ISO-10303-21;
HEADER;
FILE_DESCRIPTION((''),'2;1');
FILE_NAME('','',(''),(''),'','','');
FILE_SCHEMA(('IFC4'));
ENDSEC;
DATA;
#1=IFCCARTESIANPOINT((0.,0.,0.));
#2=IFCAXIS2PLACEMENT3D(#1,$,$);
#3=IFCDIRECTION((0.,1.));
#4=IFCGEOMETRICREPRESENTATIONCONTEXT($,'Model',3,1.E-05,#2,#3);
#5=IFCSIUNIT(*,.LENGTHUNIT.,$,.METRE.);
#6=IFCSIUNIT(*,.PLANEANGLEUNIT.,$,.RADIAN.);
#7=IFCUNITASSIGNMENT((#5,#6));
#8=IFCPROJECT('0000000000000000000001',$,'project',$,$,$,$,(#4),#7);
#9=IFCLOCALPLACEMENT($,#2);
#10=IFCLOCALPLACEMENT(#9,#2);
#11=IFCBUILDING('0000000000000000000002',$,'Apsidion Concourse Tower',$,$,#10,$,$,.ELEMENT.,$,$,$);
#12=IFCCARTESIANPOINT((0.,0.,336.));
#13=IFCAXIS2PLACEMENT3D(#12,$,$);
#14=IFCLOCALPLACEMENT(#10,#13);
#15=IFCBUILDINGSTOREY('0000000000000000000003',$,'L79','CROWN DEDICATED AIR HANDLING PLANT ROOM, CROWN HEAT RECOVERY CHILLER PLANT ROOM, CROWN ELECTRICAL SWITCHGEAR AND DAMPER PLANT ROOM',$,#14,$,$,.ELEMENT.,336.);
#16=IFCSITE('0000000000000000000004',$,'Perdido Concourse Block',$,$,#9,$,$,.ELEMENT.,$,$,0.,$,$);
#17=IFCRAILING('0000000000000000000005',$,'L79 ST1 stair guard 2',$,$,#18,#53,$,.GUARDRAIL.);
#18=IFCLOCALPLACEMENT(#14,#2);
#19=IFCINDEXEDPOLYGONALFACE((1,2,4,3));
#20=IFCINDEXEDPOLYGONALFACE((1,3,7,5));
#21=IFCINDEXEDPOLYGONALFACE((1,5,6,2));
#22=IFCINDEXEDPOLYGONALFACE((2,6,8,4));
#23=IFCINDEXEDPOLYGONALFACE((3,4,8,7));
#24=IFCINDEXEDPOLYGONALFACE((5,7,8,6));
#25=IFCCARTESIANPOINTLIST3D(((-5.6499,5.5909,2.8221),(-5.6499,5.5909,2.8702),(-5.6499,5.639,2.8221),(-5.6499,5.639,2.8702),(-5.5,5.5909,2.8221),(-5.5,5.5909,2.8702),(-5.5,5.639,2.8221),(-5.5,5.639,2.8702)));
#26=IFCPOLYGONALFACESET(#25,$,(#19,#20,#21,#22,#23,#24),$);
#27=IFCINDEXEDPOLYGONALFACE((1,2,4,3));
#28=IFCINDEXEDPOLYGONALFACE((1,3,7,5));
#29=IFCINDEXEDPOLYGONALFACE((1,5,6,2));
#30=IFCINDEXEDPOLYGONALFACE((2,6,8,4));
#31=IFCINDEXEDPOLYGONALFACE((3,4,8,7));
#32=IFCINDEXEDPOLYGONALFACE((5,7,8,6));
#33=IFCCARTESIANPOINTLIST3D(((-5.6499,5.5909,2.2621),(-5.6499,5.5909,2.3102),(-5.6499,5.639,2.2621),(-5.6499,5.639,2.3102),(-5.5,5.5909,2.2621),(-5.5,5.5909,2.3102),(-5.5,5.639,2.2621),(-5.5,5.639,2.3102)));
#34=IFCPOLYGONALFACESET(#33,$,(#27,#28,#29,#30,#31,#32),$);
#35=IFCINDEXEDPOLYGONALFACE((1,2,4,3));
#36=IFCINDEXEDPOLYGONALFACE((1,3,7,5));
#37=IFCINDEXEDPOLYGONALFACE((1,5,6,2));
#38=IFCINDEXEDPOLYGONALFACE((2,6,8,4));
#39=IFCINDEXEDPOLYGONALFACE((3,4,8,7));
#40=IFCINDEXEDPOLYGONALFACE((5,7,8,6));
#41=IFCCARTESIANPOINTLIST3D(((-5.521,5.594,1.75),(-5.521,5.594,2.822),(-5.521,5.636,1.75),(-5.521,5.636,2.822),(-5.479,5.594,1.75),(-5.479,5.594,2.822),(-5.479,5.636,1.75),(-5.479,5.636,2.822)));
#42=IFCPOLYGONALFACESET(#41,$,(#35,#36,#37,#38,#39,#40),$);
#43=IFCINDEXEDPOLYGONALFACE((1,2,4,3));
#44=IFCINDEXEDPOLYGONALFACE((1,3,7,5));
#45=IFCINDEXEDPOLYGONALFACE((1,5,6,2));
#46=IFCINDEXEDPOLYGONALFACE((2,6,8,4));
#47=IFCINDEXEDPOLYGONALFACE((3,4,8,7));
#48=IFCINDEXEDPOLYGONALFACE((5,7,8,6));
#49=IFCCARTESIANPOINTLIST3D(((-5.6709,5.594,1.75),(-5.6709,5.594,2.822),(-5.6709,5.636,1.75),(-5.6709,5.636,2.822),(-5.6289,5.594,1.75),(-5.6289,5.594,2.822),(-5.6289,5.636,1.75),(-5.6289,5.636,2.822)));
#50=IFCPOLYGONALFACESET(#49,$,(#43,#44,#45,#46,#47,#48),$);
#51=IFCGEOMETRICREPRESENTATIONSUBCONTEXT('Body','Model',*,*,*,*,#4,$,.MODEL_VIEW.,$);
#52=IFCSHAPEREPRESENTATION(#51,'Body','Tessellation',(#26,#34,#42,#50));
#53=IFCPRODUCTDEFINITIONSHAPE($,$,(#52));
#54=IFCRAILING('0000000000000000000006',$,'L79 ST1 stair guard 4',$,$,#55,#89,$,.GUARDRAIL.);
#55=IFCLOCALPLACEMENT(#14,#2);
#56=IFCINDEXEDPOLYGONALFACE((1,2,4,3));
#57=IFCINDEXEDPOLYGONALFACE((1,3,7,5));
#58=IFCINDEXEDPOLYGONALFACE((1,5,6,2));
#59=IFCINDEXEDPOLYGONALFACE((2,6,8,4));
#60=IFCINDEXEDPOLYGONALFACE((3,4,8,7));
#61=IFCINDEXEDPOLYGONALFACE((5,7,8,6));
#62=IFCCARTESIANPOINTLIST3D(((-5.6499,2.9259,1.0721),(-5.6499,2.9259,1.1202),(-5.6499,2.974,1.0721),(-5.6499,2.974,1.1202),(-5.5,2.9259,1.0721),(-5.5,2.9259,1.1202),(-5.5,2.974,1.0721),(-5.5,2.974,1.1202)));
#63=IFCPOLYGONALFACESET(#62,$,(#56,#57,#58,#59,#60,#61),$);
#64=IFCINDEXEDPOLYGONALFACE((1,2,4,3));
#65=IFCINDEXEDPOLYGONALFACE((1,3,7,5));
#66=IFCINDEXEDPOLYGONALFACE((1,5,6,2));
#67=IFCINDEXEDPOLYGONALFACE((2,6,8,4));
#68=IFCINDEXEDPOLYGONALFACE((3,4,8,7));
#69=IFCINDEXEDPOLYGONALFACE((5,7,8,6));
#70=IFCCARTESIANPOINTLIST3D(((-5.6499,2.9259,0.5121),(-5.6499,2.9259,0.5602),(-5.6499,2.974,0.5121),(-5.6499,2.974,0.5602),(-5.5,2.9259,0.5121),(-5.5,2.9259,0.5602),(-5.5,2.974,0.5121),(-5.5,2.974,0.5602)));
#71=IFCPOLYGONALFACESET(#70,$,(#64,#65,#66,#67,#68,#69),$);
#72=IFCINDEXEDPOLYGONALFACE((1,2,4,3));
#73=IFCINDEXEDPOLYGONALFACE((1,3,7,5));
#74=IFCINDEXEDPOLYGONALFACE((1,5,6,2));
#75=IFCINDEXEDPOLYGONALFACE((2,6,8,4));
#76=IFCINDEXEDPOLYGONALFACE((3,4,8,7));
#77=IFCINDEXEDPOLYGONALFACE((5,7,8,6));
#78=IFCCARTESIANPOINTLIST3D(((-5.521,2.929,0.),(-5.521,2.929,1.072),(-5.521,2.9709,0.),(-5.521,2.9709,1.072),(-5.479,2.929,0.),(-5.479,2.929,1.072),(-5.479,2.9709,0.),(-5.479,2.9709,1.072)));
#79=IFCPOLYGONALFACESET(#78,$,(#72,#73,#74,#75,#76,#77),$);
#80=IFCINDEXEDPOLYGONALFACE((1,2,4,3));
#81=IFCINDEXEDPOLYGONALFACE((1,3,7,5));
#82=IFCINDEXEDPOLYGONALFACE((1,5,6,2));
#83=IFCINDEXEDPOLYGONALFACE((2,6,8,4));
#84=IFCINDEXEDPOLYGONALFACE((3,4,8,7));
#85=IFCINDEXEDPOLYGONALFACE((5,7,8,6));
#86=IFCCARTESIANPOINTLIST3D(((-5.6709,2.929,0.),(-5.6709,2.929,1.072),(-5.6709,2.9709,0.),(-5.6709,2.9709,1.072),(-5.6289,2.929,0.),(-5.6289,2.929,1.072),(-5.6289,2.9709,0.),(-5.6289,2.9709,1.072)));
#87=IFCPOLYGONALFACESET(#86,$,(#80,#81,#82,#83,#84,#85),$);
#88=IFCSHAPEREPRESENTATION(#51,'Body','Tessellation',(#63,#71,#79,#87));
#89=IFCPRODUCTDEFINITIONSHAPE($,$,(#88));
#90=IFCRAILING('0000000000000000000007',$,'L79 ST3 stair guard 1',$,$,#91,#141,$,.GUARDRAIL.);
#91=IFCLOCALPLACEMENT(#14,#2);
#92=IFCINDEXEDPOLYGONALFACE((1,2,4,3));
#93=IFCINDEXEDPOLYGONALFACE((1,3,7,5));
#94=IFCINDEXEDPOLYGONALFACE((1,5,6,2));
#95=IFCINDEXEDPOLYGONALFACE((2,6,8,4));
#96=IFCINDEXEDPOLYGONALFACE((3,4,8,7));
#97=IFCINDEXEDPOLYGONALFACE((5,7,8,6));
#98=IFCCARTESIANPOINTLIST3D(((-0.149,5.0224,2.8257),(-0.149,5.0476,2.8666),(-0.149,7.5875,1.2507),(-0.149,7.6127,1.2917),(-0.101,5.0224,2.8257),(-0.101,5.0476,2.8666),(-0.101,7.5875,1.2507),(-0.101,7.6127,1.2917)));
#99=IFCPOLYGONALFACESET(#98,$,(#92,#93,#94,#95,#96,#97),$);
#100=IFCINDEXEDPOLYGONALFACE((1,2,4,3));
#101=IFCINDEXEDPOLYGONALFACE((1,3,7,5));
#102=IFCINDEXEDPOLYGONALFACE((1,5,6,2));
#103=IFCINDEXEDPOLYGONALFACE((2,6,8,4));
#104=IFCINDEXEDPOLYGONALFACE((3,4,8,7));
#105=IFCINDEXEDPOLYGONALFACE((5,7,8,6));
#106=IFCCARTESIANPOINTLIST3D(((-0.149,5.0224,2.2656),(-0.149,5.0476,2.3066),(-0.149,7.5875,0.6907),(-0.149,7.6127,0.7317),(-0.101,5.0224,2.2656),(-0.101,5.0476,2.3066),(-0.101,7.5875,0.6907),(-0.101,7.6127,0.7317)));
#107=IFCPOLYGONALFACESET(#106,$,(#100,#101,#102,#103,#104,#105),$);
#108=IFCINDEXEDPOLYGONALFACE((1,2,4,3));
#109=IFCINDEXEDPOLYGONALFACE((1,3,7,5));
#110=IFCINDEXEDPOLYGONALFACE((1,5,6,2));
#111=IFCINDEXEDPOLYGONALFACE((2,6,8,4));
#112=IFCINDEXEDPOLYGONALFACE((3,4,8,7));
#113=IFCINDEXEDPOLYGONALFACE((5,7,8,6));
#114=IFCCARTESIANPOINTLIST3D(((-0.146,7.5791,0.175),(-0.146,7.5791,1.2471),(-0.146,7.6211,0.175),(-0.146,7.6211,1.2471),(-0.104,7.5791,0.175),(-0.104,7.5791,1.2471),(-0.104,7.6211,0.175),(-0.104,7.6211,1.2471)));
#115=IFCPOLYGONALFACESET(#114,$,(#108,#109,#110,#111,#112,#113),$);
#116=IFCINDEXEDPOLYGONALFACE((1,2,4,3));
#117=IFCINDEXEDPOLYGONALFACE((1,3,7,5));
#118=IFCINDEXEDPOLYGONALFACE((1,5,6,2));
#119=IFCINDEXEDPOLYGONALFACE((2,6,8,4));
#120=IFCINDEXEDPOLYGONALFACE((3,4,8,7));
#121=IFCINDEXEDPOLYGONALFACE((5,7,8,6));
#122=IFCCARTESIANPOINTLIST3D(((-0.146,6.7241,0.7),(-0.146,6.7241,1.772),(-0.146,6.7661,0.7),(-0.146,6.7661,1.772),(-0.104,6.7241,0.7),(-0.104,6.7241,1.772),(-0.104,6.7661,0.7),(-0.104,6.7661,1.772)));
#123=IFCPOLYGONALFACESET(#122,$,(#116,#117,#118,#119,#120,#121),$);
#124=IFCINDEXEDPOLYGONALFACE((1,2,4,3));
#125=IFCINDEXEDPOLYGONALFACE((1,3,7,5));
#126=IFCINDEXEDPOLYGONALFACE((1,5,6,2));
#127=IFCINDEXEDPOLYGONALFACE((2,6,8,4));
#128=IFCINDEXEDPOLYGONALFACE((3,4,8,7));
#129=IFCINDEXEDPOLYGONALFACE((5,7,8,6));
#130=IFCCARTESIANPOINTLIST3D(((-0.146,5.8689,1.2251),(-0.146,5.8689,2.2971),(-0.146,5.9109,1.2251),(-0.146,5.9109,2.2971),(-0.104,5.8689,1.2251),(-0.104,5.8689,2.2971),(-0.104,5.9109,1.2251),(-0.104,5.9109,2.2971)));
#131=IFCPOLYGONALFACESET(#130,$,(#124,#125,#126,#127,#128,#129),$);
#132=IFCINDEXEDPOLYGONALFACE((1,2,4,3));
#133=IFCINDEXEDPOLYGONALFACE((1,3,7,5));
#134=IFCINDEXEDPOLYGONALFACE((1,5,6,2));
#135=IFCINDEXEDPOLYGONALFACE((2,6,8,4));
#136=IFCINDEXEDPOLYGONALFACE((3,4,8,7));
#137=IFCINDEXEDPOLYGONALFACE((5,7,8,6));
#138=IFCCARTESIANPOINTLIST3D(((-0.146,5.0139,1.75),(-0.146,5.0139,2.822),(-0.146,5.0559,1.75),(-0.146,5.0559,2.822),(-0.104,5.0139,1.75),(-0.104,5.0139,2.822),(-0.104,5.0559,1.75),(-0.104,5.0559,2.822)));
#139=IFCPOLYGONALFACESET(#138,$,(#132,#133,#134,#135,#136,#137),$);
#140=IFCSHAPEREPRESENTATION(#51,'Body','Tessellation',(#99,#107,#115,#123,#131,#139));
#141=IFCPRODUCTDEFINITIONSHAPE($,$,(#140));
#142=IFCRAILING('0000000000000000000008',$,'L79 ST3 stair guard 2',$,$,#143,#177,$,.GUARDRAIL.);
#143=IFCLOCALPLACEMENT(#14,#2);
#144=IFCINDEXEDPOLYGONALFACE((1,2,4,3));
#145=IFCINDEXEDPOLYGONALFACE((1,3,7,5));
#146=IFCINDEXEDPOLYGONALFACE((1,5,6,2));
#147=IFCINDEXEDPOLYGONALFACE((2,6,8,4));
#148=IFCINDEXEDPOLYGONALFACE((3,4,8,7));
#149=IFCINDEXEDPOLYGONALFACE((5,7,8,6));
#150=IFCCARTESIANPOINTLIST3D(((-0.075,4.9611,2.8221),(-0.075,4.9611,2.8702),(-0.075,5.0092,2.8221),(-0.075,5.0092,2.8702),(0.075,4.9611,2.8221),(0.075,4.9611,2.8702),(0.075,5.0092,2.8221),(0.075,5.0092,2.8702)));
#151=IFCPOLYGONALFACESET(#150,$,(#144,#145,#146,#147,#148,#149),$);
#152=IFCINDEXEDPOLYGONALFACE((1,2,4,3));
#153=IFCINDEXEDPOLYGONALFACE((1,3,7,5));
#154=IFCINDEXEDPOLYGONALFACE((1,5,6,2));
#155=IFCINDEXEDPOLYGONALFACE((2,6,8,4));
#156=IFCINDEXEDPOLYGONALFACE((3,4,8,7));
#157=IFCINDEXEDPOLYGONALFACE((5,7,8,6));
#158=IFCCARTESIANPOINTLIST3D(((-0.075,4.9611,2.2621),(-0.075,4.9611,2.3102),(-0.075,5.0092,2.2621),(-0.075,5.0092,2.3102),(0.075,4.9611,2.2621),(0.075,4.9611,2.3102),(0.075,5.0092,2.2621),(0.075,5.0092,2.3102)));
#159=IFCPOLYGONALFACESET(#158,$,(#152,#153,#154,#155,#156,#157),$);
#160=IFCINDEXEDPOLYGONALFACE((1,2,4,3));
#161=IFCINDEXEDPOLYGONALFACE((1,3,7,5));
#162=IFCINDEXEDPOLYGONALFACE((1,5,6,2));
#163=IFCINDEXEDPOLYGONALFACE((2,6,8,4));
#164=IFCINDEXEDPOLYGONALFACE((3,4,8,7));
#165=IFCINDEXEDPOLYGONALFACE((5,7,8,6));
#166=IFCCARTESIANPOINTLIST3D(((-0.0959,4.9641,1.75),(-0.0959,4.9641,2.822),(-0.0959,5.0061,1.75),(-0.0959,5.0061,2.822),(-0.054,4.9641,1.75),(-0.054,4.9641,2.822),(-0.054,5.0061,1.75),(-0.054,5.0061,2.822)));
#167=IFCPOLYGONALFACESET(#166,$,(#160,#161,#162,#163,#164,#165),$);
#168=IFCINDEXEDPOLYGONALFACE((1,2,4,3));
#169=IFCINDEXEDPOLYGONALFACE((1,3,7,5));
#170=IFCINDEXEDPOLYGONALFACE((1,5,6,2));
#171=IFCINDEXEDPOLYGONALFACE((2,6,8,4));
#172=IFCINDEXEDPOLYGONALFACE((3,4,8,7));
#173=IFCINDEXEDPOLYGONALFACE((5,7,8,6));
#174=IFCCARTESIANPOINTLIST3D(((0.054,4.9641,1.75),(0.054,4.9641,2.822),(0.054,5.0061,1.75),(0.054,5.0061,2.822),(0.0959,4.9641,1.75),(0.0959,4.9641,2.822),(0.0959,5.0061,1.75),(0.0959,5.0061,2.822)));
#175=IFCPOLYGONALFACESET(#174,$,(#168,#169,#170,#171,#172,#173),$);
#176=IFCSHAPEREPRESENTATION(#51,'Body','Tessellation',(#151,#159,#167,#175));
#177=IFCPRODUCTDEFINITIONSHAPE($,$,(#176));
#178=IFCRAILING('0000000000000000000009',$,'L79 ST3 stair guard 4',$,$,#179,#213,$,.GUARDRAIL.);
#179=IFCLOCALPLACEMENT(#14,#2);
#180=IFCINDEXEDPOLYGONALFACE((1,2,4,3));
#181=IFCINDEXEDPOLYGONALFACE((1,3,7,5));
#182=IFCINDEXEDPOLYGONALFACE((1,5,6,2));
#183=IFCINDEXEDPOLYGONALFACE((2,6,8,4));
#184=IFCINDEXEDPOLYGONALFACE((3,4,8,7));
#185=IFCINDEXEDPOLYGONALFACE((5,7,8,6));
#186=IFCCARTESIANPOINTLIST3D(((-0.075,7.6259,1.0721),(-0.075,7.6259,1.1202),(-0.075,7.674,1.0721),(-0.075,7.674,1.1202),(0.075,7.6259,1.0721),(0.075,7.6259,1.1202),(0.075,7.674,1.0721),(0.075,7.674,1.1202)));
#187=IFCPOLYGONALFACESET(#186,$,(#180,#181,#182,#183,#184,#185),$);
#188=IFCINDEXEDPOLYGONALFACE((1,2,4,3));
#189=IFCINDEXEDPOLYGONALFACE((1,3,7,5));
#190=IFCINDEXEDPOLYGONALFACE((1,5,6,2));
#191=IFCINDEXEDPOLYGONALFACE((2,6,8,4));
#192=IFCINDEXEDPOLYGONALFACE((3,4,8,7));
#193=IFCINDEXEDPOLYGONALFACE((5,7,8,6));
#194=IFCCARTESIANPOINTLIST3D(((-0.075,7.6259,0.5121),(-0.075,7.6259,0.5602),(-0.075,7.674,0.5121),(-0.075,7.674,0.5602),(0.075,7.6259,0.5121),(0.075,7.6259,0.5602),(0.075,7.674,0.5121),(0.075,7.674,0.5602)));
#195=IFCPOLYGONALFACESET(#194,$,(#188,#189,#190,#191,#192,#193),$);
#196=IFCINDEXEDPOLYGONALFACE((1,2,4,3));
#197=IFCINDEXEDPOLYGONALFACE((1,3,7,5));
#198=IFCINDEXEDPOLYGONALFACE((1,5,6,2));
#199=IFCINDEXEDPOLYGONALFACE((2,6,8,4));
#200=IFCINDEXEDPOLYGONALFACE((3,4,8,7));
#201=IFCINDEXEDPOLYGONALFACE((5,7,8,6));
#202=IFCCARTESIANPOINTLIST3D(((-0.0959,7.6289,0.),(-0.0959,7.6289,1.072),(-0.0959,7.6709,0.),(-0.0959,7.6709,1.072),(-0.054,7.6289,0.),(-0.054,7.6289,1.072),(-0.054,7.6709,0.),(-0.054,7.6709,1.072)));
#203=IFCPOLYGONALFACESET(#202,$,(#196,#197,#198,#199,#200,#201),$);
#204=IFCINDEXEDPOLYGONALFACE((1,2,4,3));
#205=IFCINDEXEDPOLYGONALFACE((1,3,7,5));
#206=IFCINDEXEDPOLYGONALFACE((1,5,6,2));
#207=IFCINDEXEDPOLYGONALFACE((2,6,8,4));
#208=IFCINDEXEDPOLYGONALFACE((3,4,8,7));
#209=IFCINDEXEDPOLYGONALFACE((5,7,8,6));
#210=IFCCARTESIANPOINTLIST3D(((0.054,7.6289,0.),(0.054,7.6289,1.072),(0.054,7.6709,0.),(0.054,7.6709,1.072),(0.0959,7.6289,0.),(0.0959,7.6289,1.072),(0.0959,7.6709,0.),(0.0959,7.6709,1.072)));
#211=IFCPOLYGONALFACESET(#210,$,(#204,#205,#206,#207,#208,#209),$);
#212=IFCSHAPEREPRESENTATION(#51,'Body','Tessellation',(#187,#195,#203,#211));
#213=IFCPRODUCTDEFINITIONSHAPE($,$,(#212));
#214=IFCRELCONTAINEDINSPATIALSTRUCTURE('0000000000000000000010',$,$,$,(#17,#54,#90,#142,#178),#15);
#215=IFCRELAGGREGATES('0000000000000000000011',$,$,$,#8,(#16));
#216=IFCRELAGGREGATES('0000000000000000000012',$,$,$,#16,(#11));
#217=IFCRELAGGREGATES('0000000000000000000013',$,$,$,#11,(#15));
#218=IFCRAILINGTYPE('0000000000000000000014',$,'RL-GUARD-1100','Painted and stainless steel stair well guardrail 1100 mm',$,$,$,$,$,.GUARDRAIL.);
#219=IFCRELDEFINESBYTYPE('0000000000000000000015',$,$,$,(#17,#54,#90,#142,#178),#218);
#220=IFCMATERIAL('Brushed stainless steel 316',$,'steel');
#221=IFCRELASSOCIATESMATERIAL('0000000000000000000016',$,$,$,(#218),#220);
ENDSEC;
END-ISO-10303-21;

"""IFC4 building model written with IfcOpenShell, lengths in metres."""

from ifc_helpers import new_model, si_unit, direction, frame, origin, origin_2d, place, context, subcontext, project, spatial, rectangle, extrude, material, type_object, element, save


model = new_model("IFC4")

# Units and contexts
model_context = context("Model", 3, precision=1e-05, world=origin(), true_north=direction((0.0, 1.0)))
body_context = subcontext(model_context, "Body", "Model", "MODEL_VIEW")
ifc_project = project(units=[si_unit("LENGTHUNIT", "METRE"), si_unit("PLANEANGLEUNIT", "RADIAN")], contexts=[model_context])

# Site, building, storey
site_placement = place(None, origin())
site = spatial("IfcSite", under=ifc_project, at=site_placement, Name="Perdido Concourse Block", CompositionType="ELEMENT", RefElevation=0.0)
building_placement = place(site_placement, origin())
building = spatial("IfcBuilding", under=site, at=building_placement, Name="Apsidion Concourse Tower", CompositionType="ELEMENT")
storey_placement = place(building_placement, frame((0.0, 0.0, 336.0)))
storey = spatial("IfcBuildingStorey", under=building, at=storey_placement, Name="L79", Description="CROWN DEDICATED AIR HANDLING PLANT ROOM, CROWN HEAT RECOVERY CHILLER PLANT ROOM, CROWN ELECTRICAL SWITCHGEAR AND DAMPER PLANT ROOM", CompositionType="ELEMENT", Elevation=336.0)

# Railings
ifc_material_1 = material(Name="Brushed stainless steel 316", Category="steel")
railing_type_1 = type_object("IfcRailingType", Name="RL-GUARD-1100", Description="Painted and stainless steel stair well guardrail 1100 mm", PredefinedType="GUARDRAIL", material=ifc_material_1)
for number, where, name in (
    (1, (-5.5, 5.615, 1.75), "L79 ST1 stair guard 2"),
    (2, (-5.5, 2.95, 0.0), "L79 ST1 stair guard 4"),
):
    element("IfcRailing", number, at=place(storey_placement, frame(where)), inside=storey, type_object=railing_type_1, Name=name, PredefinedType="GUARDRAIL", context=body_context, shape_type="SweptSolid", body=[
        extrude(rectangle(XDim=0.0481, YDim=0.0481, at=origin_2d()), frame((0.0, 0.0, 1.0962), z_axis=(-1.0, 0.0, 0.0), x_axis=(0.0, -1.0, 0.0)), (0.0, 0.0, 1.0), 0.1499),
        extrude(rectangle(XDim=0.0481, YDim=0.0481, at=origin_2d()), frame((0.0, 0.0, 0.5361), z_axis=(-1.0, 0.0, 0.0), x_axis=(0.0, -1.0, 0.0)), (0.0, 0.0, 1.0), 0.1499),
        extrude(rectangle(XDim=0.042, YDim=0.042, at=origin_2d()), origin(), (0.0, 0.0, 1.0), 1.072),
        extrude(rectangle(XDim=0.042, YDim=0.042, at=origin_2d()), frame((-0.1499, 0.0, 0.0)), (0.0, 0.0, 1.0), 1.072),
    ])
railing_1_placement = place(storey_placement, frame((-0.125, 7.6001, 0.175)))
element("IfcRailing", 3, at=railing_1_placement, inside=storey, type_object=railing_type_1, Name="L79 ST3 stair guard 1", PredefinedType="GUARDRAIL", context=body_context, shape_type="SweptSolid", body=[
    extrude(rectangle(XDim=0.0481, YDim=0.0481, at=origin_2d()), frame((0.0, 0.0, 1.0962), z_axis=(0.0, -0.852195, 0.523224), x_axis=(1.0, 0.0, 0.0)), (0.0, 0.0, 1.0), 3.01),
    extrude(rectangle(XDim=0.0481, YDim=0.0481, at=origin_2d()), frame((0.0, 0.0, 0.5361), z_axis=(0.0, -0.852195, 0.523224), x_axis=(1.0, 0.0, 0.0)), (0.0, 0.0, 1.0), 3.01),
    extrude(rectangle(XDim=0.042, YDim=0.042, at=origin_2d()), origin(), (0.0, 0.0, 1.0), 1.072),
    extrude(rectangle(XDim=0.042, YDim=0.042, at=origin_2d()), frame((0.0, -0.855, 0.5249)), (0.0, 0.0, 1.0), 1.072),
    extrude(rectangle(XDim=0.042, YDim=0.042, at=origin_2d()), frame((0.0, -1.7102, 1.05)), (0.0, 0.0, 1.0), 1.072),
    extrude(rectangle(XDim=0.042, YDim=0.042, at=origin_2d()), frame((0.0, -2.5652, 1.575)), (0.0, 0.0, 1.0), 1.072),
])
for number, where, name in (
    (4, (-0.075, 4.9851, 1.75), "L79 ST3 stair guard 2"),
    (5, (-0.075, 7.6499, 0.0), "L79 ST3 stair guard 4"),
):
    element("IfcRailing", number, at=place(storey_placement, frame(where)), inside=storey, type_object=railing_type_1, Name=name, PredefinedType="GUARDRAIL", context=body_context, shape_type="SweptSolid", body=[
        extrude(rectangle(XDim=0.0481, YDim=0.0481, at=origin_2d()), frame((0.0, 0.0, 1.0962), z_axis=(1.0, 0.0, 0.0), x_axis=(0.0, 1.0, 0.0)), (0.0, 0.0, 1.0), 0.1499),
        extrude(rectangle(XDim=0.0481, YDim=0.0481, at=origin_2d()), frame((0.0, 0.0, 0.5361), z_axis=(1.0, 0.0, 0.0), x_axis=(0.0, 1.0, 0.0)), (0.0, 0.0, 1.0), 0.1499),
        extrude(rectangle(XDim=0.042, YDim=0.042, at=origin_2d()), origin(), (0.0, 0.0, 1.0), 1.072),
        extrude(rectangle(XDim=0.042, YDim=0.042, at=origin_2d()), frame((0.1499, 0.0, 0.0)), (0.0, 0.0, 1.0), 1.072),
    ])

save(model, "model.ifc")
